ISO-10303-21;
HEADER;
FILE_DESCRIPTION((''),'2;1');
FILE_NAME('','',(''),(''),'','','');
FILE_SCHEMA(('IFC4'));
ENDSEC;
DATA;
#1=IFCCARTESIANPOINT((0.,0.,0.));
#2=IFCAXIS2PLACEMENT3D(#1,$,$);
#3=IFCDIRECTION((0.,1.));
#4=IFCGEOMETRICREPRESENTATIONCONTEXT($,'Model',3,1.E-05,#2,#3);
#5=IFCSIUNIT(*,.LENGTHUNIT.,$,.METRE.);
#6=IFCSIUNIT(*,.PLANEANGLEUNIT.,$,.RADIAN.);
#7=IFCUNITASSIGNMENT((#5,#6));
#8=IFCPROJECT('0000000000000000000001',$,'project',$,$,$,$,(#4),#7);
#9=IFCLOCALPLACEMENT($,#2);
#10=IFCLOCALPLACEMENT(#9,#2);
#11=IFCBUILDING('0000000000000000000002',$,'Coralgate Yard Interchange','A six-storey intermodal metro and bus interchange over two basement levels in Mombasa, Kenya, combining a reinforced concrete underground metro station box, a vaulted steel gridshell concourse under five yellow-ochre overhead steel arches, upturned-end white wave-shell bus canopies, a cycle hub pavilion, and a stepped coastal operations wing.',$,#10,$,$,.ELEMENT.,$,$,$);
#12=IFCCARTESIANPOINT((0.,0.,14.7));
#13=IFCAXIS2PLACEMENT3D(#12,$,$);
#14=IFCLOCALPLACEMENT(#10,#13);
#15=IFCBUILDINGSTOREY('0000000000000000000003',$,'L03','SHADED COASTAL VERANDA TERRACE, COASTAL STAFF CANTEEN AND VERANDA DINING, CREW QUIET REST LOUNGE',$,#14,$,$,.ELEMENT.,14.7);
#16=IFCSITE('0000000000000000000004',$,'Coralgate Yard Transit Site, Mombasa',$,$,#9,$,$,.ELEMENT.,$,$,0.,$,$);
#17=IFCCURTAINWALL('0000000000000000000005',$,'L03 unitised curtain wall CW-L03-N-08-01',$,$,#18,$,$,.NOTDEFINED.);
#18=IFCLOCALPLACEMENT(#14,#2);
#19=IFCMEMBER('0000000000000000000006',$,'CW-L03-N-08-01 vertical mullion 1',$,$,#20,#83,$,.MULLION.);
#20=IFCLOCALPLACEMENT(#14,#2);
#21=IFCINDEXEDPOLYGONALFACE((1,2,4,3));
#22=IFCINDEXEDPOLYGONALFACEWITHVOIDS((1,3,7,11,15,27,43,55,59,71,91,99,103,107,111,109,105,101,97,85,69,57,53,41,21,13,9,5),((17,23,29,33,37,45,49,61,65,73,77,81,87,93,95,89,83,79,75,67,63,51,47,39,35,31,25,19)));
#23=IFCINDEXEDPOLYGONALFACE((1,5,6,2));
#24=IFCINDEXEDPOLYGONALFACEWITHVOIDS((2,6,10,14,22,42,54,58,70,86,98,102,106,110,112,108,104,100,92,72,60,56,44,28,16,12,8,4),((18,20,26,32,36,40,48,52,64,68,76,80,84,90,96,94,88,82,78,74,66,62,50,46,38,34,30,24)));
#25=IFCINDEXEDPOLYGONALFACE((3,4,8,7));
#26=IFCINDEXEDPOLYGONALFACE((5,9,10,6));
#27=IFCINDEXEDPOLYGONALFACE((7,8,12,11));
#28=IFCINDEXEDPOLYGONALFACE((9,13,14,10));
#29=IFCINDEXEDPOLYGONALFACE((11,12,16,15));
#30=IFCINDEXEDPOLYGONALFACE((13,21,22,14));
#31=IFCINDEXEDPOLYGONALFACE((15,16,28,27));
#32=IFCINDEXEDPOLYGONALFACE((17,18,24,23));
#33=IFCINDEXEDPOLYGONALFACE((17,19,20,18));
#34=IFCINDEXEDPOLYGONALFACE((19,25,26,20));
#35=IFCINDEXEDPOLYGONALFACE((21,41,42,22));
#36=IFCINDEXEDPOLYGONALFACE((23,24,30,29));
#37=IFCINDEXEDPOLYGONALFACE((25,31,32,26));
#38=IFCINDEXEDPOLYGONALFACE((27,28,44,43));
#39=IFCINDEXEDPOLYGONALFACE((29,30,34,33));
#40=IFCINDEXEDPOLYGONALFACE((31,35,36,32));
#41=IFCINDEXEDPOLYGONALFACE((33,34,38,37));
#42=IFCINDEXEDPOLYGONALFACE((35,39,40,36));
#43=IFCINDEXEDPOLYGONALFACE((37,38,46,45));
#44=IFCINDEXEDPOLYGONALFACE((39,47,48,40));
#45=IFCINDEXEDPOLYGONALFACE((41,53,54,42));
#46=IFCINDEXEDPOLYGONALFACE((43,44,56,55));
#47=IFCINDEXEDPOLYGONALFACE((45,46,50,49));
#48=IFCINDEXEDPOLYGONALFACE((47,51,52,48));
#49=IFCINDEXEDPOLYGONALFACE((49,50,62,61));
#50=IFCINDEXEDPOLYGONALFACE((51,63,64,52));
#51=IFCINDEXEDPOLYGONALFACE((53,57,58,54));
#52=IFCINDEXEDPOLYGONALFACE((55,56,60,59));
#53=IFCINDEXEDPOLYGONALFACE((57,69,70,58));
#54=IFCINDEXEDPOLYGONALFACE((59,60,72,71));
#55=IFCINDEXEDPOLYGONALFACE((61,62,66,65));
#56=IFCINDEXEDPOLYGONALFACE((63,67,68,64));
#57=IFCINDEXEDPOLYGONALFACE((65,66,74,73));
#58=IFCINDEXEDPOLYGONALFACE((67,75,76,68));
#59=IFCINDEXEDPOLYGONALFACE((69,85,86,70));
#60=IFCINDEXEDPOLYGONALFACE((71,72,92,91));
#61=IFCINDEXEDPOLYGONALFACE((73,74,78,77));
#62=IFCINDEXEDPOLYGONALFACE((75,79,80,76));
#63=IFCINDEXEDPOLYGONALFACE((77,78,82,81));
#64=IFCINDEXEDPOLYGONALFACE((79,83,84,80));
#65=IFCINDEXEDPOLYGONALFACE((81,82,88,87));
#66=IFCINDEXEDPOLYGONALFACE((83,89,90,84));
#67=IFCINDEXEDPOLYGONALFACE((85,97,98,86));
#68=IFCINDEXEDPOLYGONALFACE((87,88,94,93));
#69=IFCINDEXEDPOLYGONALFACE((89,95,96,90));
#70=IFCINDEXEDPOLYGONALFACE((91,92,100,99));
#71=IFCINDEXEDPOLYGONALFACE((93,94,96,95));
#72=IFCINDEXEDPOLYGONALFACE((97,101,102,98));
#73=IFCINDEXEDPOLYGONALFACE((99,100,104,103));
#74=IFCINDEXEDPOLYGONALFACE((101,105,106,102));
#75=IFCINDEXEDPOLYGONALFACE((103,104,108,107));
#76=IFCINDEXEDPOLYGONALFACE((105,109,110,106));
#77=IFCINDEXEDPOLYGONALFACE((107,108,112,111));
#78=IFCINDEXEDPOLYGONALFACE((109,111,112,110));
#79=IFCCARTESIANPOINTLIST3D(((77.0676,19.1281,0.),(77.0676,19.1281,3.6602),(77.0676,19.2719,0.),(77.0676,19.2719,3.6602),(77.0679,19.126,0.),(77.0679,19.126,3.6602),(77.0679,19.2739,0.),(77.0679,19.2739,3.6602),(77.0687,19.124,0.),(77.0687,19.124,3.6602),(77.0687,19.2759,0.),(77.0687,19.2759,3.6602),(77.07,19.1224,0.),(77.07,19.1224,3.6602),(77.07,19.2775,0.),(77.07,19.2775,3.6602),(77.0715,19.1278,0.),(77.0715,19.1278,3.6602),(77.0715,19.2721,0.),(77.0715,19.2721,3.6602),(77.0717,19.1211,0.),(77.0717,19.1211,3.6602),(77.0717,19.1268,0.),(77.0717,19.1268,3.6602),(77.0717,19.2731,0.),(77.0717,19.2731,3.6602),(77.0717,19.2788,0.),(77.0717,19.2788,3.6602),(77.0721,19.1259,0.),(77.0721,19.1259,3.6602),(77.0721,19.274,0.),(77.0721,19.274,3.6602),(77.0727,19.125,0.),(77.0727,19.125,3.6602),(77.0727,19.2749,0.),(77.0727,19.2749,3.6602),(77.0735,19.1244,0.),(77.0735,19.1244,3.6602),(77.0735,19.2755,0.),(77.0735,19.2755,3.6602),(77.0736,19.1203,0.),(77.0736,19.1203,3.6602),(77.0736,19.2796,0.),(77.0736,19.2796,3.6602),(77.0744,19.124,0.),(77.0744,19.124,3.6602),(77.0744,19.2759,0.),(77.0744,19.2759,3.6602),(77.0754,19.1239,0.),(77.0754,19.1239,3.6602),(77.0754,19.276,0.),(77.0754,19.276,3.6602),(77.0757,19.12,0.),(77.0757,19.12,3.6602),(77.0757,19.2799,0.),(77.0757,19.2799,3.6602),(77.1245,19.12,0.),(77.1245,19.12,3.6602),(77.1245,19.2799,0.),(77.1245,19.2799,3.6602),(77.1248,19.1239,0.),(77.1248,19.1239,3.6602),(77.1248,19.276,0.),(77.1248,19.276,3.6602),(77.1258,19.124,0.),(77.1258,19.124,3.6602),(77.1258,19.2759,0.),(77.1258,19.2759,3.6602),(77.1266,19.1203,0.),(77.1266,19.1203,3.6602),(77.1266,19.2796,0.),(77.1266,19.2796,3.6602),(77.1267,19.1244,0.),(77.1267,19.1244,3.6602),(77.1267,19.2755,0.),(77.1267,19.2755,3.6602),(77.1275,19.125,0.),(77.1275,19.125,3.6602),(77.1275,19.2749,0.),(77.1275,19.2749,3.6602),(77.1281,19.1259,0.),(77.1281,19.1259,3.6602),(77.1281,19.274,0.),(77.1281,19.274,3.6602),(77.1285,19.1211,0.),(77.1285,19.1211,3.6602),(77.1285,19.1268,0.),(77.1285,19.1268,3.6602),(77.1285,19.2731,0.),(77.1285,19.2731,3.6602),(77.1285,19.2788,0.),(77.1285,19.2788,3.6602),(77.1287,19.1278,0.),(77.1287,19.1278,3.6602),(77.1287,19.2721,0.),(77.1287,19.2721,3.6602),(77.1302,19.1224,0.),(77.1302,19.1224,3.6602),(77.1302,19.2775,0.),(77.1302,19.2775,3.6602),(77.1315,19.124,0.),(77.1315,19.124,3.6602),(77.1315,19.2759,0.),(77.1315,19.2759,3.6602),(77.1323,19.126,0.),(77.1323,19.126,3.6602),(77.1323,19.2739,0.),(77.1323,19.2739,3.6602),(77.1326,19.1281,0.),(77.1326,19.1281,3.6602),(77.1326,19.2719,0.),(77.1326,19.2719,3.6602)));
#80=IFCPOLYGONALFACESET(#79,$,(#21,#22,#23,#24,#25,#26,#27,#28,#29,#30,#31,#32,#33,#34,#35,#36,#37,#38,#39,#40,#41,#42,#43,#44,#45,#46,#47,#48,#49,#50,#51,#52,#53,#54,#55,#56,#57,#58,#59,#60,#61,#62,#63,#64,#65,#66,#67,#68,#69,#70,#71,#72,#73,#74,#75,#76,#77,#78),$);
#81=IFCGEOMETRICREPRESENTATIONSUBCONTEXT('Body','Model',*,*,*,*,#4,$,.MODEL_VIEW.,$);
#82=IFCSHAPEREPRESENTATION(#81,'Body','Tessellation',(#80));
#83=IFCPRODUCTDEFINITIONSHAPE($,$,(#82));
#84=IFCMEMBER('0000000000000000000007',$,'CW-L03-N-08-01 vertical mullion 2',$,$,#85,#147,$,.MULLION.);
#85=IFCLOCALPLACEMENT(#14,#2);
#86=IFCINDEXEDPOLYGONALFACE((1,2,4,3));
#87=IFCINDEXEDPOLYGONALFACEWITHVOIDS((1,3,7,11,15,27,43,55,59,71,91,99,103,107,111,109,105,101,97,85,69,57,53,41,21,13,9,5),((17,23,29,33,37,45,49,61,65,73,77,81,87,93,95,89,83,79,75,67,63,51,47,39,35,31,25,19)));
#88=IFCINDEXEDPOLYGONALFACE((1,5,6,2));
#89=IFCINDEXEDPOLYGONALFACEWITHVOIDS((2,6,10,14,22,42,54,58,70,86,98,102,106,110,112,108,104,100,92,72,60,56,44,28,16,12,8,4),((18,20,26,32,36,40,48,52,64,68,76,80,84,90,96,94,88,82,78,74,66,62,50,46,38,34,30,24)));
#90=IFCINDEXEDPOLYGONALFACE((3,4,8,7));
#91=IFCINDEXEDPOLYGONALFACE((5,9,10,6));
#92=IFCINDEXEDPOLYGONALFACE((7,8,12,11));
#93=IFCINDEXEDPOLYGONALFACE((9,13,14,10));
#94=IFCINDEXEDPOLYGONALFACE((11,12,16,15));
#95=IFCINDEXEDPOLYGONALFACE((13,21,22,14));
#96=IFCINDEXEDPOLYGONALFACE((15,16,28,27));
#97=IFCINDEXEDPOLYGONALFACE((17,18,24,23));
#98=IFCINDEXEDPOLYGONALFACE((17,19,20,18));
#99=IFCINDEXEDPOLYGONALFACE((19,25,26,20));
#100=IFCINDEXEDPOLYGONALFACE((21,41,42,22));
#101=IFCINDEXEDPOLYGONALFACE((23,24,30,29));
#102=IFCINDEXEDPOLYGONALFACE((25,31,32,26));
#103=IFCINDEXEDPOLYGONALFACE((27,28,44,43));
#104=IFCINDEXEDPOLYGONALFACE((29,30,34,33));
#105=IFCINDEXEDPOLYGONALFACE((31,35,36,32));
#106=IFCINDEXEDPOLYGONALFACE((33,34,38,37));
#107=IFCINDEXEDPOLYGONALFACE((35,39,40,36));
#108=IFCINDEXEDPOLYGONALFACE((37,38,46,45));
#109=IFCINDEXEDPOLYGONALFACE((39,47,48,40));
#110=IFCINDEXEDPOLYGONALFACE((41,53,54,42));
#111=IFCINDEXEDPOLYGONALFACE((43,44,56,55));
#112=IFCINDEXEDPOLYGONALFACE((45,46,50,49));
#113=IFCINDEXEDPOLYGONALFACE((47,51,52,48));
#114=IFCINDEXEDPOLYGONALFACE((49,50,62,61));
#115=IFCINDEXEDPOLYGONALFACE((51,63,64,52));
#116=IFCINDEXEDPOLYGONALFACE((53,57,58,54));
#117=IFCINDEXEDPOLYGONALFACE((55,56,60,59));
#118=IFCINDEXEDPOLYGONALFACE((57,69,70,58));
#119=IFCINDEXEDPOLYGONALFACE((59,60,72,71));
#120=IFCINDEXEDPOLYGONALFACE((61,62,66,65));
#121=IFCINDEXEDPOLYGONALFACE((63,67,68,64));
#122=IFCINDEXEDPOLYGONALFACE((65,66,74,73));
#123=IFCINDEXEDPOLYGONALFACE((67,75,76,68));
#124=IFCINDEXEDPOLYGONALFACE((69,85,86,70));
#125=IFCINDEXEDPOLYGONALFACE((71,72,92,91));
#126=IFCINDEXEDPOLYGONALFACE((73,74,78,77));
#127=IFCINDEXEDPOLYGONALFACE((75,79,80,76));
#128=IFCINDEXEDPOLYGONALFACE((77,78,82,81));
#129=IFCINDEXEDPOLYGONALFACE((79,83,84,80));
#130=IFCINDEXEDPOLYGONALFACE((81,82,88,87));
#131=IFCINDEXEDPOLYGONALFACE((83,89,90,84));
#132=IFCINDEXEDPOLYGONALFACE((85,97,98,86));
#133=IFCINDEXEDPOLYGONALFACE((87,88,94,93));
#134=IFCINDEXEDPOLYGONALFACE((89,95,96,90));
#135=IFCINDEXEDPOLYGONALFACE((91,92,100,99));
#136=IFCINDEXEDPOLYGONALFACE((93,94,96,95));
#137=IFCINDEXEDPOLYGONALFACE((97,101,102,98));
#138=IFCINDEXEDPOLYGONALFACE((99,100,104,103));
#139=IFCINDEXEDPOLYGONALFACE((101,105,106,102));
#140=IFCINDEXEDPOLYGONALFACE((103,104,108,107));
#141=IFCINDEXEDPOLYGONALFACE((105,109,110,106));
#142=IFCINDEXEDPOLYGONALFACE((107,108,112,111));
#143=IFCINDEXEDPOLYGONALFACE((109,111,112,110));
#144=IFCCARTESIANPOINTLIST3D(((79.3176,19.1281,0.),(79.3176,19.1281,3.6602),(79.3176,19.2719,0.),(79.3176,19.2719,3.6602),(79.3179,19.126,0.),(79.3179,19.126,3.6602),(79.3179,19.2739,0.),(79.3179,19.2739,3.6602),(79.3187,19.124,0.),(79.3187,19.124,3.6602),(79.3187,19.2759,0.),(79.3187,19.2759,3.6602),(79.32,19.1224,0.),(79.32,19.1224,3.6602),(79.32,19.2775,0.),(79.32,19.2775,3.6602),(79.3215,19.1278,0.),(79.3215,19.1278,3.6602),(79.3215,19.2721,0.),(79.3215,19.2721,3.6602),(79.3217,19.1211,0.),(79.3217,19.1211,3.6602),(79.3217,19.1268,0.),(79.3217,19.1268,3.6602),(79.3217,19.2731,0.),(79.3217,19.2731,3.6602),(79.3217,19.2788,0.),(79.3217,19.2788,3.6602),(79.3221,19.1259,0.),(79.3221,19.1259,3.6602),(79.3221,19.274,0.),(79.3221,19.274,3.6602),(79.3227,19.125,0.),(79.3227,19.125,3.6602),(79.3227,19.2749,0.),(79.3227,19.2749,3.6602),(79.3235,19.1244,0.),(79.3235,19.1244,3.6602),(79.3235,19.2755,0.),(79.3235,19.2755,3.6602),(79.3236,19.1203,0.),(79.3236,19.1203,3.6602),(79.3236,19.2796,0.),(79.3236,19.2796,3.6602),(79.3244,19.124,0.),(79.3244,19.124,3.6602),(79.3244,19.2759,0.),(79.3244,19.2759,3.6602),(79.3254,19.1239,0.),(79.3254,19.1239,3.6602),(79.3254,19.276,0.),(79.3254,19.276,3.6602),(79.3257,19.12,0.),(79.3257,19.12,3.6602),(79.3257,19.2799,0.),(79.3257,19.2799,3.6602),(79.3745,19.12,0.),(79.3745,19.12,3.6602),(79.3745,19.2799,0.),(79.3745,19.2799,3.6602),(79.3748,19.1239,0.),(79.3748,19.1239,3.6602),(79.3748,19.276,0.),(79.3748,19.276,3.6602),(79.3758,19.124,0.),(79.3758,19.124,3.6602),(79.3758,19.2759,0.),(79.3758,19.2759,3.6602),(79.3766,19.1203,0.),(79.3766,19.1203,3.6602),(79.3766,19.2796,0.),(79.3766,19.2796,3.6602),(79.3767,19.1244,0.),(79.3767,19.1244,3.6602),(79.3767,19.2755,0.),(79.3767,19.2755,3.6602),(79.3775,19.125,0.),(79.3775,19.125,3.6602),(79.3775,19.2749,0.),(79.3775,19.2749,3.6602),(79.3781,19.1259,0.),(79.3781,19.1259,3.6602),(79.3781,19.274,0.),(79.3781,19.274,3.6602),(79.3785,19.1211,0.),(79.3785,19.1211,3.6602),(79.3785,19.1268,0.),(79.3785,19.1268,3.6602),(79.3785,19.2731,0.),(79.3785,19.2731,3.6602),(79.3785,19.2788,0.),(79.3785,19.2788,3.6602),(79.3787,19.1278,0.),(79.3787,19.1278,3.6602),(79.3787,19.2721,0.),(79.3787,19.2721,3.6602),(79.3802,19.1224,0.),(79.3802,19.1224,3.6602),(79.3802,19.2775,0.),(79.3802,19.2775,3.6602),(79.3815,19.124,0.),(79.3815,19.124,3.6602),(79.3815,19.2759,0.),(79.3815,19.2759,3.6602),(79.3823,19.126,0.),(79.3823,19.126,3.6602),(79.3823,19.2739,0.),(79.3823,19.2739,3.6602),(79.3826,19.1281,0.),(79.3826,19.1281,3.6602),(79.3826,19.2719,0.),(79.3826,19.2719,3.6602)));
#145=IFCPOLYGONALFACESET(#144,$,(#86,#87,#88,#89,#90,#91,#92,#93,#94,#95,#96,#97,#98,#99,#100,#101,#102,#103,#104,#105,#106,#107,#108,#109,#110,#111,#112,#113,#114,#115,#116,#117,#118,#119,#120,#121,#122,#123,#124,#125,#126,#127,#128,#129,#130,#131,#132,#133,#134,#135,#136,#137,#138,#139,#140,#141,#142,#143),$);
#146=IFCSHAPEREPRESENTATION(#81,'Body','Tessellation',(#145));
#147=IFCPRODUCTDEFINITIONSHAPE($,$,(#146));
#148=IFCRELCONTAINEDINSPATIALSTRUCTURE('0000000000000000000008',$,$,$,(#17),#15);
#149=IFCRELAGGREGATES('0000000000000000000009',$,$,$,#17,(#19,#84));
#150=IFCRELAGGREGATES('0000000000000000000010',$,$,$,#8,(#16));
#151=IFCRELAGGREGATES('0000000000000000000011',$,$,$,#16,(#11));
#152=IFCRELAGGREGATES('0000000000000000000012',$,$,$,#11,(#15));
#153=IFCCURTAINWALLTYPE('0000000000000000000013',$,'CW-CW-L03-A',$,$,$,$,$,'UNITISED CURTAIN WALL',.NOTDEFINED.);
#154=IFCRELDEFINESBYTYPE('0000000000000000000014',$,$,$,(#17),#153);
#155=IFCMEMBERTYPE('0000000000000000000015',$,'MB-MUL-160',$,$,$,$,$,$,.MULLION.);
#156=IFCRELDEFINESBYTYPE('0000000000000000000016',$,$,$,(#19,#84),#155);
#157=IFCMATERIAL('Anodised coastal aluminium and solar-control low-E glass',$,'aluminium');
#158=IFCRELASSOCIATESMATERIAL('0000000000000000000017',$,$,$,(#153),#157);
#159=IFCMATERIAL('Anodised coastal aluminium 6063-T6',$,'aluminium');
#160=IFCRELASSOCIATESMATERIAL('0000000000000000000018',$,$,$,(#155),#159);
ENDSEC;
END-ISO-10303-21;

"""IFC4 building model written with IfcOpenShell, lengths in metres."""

from ifc_helpers import new_model, si_unit, direction, frame, origin, origin_2d, place, context, subcontext, project, spatial, hollow_rectangle, extrude, material, material_profile, profile_set, type_object, element, aggregate, save


model = new_model("IFC4")

# Units and contexts
model_context = context("Model", 3, precision=1e-05, world=origin(), true_north=direction((0.0, 1.0)))
body_context = subcontext(model_context, "Body", "Model", "MODEL_VIEW")
ifc_project = project(units=[si_unit("LENGTHUNIT", "METRE"), si_unit("PLANEANGLEUNIT", "RADIAN")], contexts=[model_context])

# Site, building, storey
site_placement = place(None, origin())
site = spatial("IfcSite", under=ifc_project, at=site_placement, Name="Coralgate Yard Transit Site, Mombasa", CompositionType="ELEMENT", RefElevation=0.0)
building_placement = place(site_placement, origin())
building = spatial("IfcBuilding", under=site, at=building_placement, Name="Coralgate Yard Interchange", Description="A six-storey intermodal metro and bus interchange over two basement levels in Mombasa, Kenya, combining a reinforced concrete underground metro station box, a vaulted steel gridshell concourse under five yellow-ochre overhead steel arches, upturned-end white wave-shell bus canopies, a cycle hub pavilion, and a stepped coastal operations wing.", CompositionType="ELEMENT")
storey_placement = place(building_placement, frame((0.0, 0.0, 14.7)))
storey = spatial("IfcBuildingStorey", under=building, at=storey_placement, Name="L03", Description="SHADED COASTAL VERANDA TERRACE, COASTAL STAFF CANTEEN AND VERANDA DINING, CREW QUIET REST LOUNGE", CompositionType="ELEMENT", Elevation=14.7)

# Curtain wall, members
ifc_material_1 = material(Name="Anodised coastal aluminium and solar-control low-E glass", Category="aluminium")
curtain_wall_type = type_object("IfcCurtainWallType", Name="CW-CW-L03-A", ElementType="UNITISED CURTAIN WALL", PredefinedType="NOTDEFINED", material=ifc_material_1)
ifc_material_2 = material(Name="Anodised coastal aluminium 6063-T6", Category="aluminium")
ifc_material_profile_1 = material_profile(ifc_material_2, hollow_rectangle(XDim=0.0649, YDim=0.1599, WallThickness=0.0039, InnerFilletRadius=0.0039, OuterFilletRadius=0.0081, at=origin_2d()), Name="ALU 65x160x4")
ifc_profile_set_1 = profile_set([ifc_material_profile_1], Name="Anodised coastal aluminium 6063-T6")
member_type_1 = type_object("IfcMemberType", Name="MB-MUL-160", PredefinedType="MULLION", material=ifc_profile_set_1)
curtain_wall_1_placement = place(storey_placement, origin())
curtain_wall_1 = element("IfcCurtainWall", 1, at=curtain_wall_1_placement, inside=storey, type_object=curtain_wall_type, Name="L03 unitised curtain wall CW-L03-N-08-01", PredefinedType="NOTDEFINED")
member_1_placement = place(storey_placement, frame((77.1001, 19.2, 0.0), z_axis=(0.0, 0.0, 1.0), x_axis=(1.0, 0.0, 0.0)))
member_1 = element("IfcMember", 2, at=member_1_placement, type_object=member_type_1, Name="CW-L03-N-08-01 vertical mullion 1", PredefinedType="MULLION", context=body_context, shape_type="SweptSolid", body=[
    extrude(hollow_rectangle(XDim=0.0649, YDim=0.1599, WallThickness=0.0039, InnerFilletRadius=0.0039, OuterFilletRadius=0.0081, at=origin_2d()), origin(), (0.0, 0.0, 1.0), 3.6602),
])
member_2_placement = place(storey_placement, frame((79.3501, 19.2, 0.0), z_axis=(0.0, 0.0, 1.0), x_axis=(1.0, 0.0, 0.0)))
member_2 = element("IfcMember", 3, at=member_2_placement, type_object=member_type_1, Name="CW-L03-N-08-01 vertical mullion 2", PredefinedType="MULLION", context=body_context, shape_type="SweptSolid", body=[
    extrude(hollow_rectangle(XDim=0.0649, YDim=0.1599, WallThickness=0.0039, InnerFilletRadius=0.0039, OuterFilletRadius=0.0081, at=origin_2d()), origin(), (0.0, 0.0, 1.0), 3.6602),
])

aggregate(curtain_wall_1, [member_1, member_2])

save(model, "model.ifc")
